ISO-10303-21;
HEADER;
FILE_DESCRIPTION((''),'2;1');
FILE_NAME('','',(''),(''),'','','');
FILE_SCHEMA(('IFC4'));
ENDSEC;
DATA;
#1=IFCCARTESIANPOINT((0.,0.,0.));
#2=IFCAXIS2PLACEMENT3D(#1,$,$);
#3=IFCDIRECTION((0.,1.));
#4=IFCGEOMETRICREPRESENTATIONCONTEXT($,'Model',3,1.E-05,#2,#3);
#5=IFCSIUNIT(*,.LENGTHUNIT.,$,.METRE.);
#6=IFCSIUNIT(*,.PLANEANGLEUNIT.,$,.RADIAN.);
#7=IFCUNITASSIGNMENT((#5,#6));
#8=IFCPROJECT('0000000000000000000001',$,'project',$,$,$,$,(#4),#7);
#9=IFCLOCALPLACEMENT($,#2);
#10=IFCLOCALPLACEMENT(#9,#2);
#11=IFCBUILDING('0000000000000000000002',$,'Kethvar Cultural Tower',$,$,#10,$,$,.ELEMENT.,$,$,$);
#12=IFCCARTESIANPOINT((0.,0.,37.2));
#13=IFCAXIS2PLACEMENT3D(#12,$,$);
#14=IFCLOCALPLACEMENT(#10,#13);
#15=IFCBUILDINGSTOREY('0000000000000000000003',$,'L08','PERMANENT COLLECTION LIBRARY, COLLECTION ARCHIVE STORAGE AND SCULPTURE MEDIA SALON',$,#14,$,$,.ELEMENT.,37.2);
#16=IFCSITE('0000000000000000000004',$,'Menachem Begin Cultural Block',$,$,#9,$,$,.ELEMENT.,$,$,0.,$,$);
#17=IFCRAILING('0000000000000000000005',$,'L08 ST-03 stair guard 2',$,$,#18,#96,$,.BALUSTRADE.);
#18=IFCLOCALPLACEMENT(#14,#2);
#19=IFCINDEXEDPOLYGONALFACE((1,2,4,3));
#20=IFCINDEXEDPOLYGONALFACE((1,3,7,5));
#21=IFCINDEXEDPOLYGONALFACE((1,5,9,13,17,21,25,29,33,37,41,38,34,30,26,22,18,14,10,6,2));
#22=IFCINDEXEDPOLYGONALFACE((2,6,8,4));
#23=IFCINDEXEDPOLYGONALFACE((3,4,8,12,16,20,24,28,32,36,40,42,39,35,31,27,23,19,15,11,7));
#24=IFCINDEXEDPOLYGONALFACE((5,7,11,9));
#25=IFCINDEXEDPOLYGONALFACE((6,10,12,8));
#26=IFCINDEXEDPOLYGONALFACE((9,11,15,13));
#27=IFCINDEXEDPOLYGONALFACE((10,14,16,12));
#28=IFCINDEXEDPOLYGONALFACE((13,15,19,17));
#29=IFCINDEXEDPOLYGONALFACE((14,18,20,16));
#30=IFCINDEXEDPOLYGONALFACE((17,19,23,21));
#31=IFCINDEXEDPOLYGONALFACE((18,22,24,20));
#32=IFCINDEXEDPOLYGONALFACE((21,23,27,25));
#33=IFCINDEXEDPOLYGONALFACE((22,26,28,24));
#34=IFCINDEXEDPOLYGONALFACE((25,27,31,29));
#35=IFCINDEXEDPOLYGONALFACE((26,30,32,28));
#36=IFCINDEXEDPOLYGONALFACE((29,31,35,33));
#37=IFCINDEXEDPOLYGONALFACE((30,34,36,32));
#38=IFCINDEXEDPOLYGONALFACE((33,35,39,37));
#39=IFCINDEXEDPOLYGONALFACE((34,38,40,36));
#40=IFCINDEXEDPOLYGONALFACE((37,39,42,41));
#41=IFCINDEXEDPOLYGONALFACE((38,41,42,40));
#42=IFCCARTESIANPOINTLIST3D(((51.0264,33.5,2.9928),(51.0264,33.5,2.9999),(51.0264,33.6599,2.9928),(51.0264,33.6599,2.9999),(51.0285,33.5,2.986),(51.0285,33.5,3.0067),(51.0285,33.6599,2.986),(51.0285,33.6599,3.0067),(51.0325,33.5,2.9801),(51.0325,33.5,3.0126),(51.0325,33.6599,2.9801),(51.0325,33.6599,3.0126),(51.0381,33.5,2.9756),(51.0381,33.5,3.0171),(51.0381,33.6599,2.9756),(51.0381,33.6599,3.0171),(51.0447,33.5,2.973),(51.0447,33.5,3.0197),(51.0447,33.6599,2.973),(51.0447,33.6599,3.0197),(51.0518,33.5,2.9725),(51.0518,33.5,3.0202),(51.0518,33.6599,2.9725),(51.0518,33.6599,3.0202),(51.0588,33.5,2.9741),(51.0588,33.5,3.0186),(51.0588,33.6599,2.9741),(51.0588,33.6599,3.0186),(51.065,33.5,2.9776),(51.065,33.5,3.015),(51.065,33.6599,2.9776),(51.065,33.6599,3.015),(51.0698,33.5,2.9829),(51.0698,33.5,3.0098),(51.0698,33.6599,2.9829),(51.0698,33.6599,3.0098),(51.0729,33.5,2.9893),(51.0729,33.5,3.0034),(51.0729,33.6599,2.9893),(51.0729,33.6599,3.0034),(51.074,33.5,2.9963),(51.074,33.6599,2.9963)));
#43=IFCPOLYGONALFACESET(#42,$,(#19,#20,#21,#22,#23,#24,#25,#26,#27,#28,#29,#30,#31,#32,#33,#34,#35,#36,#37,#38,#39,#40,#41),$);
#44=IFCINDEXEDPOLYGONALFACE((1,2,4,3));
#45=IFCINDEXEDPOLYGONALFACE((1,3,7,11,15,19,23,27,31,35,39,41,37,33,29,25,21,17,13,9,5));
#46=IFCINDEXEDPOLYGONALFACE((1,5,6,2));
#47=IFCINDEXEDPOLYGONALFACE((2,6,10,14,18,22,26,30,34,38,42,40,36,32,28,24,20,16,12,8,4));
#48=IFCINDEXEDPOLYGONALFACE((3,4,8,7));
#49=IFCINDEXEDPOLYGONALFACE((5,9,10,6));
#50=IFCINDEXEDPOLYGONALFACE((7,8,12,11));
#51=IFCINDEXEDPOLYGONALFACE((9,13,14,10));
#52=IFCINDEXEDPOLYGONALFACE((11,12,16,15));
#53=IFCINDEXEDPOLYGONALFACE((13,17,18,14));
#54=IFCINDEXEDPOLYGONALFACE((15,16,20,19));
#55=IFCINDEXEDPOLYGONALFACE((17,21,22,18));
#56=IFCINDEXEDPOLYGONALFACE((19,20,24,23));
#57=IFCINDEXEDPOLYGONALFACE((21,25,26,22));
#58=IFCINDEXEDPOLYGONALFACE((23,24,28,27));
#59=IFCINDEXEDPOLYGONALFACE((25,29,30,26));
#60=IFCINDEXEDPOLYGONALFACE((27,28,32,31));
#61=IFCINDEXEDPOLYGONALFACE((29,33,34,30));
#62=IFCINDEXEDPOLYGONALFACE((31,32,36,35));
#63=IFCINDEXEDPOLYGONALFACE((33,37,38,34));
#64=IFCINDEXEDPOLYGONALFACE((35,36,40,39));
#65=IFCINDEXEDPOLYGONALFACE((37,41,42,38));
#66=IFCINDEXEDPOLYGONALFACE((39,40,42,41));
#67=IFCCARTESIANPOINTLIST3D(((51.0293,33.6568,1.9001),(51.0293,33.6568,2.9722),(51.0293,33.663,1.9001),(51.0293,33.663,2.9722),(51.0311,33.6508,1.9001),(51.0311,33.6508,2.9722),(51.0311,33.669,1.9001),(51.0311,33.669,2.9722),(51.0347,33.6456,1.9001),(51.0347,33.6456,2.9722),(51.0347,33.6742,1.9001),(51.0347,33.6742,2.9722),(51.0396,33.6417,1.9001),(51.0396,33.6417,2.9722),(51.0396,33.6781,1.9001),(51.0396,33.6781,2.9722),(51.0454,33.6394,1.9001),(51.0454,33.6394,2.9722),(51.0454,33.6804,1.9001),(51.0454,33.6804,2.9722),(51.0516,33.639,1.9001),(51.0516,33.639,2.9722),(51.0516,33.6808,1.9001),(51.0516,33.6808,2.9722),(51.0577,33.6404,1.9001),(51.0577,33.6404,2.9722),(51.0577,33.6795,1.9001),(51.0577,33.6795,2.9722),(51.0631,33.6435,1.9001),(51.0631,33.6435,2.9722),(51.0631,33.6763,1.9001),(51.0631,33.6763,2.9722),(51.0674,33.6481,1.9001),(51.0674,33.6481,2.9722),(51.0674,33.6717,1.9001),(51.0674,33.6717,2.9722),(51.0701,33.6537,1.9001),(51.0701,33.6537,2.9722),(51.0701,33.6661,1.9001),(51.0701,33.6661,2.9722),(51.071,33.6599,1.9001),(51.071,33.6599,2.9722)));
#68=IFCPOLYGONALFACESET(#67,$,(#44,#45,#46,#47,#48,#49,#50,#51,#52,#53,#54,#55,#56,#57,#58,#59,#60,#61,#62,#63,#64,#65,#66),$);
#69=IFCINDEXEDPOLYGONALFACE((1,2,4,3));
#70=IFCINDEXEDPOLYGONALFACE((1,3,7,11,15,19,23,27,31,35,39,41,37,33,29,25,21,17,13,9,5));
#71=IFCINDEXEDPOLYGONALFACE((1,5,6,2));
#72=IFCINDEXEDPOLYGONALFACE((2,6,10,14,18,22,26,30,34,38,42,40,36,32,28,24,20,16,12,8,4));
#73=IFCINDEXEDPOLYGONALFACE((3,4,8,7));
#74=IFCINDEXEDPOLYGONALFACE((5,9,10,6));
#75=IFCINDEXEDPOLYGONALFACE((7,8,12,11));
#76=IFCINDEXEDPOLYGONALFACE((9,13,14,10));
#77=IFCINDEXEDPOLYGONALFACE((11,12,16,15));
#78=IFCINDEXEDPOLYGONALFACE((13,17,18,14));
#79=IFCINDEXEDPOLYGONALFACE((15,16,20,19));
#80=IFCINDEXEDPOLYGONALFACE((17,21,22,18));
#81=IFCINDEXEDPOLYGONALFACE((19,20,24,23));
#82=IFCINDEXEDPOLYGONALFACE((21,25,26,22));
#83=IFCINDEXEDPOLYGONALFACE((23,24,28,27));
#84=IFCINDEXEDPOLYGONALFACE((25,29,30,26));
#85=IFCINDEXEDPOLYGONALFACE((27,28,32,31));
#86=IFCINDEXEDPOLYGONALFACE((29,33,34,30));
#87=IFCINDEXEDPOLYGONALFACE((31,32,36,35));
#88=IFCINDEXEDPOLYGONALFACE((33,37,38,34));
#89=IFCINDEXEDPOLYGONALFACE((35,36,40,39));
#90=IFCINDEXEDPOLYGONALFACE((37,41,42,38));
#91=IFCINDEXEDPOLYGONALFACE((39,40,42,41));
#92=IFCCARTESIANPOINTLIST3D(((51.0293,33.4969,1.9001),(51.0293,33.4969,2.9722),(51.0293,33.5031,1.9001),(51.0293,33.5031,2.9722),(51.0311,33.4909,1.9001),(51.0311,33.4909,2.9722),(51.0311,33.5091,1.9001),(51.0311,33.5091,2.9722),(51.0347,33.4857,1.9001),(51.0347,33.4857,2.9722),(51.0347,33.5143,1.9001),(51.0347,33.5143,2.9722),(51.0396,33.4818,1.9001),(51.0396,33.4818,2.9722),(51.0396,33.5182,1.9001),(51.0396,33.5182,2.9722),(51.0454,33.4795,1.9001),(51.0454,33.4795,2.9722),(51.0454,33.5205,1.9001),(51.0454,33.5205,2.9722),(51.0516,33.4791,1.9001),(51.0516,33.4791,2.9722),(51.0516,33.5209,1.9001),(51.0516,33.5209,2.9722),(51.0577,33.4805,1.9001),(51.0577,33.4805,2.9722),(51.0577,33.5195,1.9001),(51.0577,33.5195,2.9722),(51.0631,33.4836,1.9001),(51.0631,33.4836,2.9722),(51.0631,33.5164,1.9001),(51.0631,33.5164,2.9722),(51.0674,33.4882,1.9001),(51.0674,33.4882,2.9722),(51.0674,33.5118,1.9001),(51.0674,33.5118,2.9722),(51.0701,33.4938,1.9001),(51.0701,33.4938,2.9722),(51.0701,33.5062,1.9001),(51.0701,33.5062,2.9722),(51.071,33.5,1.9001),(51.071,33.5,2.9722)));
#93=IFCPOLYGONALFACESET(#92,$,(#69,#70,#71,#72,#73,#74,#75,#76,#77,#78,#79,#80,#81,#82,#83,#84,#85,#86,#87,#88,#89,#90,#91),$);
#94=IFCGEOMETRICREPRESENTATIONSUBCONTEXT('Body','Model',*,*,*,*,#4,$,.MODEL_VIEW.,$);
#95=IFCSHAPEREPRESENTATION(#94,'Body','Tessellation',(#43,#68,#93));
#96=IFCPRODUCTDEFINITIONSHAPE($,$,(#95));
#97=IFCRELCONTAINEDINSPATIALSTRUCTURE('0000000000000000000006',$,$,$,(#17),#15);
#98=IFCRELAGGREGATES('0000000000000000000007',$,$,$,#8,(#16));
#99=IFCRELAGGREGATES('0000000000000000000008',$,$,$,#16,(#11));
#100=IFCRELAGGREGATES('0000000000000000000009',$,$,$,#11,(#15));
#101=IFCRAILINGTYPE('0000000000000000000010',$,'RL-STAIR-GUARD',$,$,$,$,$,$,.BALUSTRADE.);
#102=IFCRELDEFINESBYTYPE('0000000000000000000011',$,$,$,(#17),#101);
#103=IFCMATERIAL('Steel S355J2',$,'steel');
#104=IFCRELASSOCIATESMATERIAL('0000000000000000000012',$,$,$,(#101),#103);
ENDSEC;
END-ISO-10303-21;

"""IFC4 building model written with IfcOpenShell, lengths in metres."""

from ifc_helpers import new_model, si_unit, direction, frame, origin, origin_2d, place, context, subcontext, project, spatial, circle, extrude, material, type_object, element, save


model = new_model("IFC4")

# Units and contexts
model_context = context("Model", 3, precision=1e-05, world=origin(), true_north=direction((0.0, 1.0)))
body_context = subcontext(model_context, "Body", "Model", "MODEL_VIEW")
ifc_project = project(units=[si_unit("LENGTHUNIT", "METRE"), si_unit("PLANEANGLEUNIT", "RADIAN")], contexts=[model_context])

# Site, building, storey
site_placement = place(None, origin())
site = spatial("IfcSite", under=ifc_project, at=site_placement, Name="Menachem Begin Cultural Block", CompositionType="ELEMENT", RefElevation=0.0)
building_placement = place(site_placement, origin())
building = spatial("IfcBuilding", under=site, at=building_placement, Name="Kethvar Cultural Tower", CompositionType="ELEMENT")
storey_placement = place(building_placement, frame((0.0, 0.0, 37.2)))
storey = spatial("IfcBuildingStorey", under=building, at=storey_placement, Name="L08", Description="PERMANENT COLLECTION LIBRARY, COLLECTION ARCHIVE STORAGE AND SCULPTURE MEDIA SALON", CompositionType="ELEMENT", Elevation=37.2)

# Shared definitions
ifc_material_1 = material(Name="Steel S355J2", Category="steel")

# Railing
railing_type_1 = type_object("IfcRailingType", Name="RL-STAIR-GUARD", PredefinedType="BALUSTRADE", material=ifc_material_1)
railing_1_placement = place(storey_placement, frame((51.05, 33.6599, 1.9001)))
element("IfcRailing", 1, at=railing_1_placement, inside=storey, type_object=railing_type_1, Name="L08 ST-03 stair guard 2", PredefinedType="BALUSTRADE", context=body_context, shape_type="SweptSolid", body=[
    extrude(circle(Radius=0.0239, at=origin_2d()), frame((0.0, 0.0, 1.0962), z_axis=(0.0, -1.0, 0.0), x_axis=(1.0, 0.0, 0.0)), (0.0, 0.0, 1.0), 0.1599),
    extrude(circle(Radius=0.021, at=origin_2d()), origin(), (0.0, 0.0, 1.0), 1.072),
    extrude(circle(Radius=0.021, at=origin_2d()), frame((0.0, -0.1599, 0.0)), (0.0, 0.0, 1.0), 1.072),
])

save(model, "model.ifc")
